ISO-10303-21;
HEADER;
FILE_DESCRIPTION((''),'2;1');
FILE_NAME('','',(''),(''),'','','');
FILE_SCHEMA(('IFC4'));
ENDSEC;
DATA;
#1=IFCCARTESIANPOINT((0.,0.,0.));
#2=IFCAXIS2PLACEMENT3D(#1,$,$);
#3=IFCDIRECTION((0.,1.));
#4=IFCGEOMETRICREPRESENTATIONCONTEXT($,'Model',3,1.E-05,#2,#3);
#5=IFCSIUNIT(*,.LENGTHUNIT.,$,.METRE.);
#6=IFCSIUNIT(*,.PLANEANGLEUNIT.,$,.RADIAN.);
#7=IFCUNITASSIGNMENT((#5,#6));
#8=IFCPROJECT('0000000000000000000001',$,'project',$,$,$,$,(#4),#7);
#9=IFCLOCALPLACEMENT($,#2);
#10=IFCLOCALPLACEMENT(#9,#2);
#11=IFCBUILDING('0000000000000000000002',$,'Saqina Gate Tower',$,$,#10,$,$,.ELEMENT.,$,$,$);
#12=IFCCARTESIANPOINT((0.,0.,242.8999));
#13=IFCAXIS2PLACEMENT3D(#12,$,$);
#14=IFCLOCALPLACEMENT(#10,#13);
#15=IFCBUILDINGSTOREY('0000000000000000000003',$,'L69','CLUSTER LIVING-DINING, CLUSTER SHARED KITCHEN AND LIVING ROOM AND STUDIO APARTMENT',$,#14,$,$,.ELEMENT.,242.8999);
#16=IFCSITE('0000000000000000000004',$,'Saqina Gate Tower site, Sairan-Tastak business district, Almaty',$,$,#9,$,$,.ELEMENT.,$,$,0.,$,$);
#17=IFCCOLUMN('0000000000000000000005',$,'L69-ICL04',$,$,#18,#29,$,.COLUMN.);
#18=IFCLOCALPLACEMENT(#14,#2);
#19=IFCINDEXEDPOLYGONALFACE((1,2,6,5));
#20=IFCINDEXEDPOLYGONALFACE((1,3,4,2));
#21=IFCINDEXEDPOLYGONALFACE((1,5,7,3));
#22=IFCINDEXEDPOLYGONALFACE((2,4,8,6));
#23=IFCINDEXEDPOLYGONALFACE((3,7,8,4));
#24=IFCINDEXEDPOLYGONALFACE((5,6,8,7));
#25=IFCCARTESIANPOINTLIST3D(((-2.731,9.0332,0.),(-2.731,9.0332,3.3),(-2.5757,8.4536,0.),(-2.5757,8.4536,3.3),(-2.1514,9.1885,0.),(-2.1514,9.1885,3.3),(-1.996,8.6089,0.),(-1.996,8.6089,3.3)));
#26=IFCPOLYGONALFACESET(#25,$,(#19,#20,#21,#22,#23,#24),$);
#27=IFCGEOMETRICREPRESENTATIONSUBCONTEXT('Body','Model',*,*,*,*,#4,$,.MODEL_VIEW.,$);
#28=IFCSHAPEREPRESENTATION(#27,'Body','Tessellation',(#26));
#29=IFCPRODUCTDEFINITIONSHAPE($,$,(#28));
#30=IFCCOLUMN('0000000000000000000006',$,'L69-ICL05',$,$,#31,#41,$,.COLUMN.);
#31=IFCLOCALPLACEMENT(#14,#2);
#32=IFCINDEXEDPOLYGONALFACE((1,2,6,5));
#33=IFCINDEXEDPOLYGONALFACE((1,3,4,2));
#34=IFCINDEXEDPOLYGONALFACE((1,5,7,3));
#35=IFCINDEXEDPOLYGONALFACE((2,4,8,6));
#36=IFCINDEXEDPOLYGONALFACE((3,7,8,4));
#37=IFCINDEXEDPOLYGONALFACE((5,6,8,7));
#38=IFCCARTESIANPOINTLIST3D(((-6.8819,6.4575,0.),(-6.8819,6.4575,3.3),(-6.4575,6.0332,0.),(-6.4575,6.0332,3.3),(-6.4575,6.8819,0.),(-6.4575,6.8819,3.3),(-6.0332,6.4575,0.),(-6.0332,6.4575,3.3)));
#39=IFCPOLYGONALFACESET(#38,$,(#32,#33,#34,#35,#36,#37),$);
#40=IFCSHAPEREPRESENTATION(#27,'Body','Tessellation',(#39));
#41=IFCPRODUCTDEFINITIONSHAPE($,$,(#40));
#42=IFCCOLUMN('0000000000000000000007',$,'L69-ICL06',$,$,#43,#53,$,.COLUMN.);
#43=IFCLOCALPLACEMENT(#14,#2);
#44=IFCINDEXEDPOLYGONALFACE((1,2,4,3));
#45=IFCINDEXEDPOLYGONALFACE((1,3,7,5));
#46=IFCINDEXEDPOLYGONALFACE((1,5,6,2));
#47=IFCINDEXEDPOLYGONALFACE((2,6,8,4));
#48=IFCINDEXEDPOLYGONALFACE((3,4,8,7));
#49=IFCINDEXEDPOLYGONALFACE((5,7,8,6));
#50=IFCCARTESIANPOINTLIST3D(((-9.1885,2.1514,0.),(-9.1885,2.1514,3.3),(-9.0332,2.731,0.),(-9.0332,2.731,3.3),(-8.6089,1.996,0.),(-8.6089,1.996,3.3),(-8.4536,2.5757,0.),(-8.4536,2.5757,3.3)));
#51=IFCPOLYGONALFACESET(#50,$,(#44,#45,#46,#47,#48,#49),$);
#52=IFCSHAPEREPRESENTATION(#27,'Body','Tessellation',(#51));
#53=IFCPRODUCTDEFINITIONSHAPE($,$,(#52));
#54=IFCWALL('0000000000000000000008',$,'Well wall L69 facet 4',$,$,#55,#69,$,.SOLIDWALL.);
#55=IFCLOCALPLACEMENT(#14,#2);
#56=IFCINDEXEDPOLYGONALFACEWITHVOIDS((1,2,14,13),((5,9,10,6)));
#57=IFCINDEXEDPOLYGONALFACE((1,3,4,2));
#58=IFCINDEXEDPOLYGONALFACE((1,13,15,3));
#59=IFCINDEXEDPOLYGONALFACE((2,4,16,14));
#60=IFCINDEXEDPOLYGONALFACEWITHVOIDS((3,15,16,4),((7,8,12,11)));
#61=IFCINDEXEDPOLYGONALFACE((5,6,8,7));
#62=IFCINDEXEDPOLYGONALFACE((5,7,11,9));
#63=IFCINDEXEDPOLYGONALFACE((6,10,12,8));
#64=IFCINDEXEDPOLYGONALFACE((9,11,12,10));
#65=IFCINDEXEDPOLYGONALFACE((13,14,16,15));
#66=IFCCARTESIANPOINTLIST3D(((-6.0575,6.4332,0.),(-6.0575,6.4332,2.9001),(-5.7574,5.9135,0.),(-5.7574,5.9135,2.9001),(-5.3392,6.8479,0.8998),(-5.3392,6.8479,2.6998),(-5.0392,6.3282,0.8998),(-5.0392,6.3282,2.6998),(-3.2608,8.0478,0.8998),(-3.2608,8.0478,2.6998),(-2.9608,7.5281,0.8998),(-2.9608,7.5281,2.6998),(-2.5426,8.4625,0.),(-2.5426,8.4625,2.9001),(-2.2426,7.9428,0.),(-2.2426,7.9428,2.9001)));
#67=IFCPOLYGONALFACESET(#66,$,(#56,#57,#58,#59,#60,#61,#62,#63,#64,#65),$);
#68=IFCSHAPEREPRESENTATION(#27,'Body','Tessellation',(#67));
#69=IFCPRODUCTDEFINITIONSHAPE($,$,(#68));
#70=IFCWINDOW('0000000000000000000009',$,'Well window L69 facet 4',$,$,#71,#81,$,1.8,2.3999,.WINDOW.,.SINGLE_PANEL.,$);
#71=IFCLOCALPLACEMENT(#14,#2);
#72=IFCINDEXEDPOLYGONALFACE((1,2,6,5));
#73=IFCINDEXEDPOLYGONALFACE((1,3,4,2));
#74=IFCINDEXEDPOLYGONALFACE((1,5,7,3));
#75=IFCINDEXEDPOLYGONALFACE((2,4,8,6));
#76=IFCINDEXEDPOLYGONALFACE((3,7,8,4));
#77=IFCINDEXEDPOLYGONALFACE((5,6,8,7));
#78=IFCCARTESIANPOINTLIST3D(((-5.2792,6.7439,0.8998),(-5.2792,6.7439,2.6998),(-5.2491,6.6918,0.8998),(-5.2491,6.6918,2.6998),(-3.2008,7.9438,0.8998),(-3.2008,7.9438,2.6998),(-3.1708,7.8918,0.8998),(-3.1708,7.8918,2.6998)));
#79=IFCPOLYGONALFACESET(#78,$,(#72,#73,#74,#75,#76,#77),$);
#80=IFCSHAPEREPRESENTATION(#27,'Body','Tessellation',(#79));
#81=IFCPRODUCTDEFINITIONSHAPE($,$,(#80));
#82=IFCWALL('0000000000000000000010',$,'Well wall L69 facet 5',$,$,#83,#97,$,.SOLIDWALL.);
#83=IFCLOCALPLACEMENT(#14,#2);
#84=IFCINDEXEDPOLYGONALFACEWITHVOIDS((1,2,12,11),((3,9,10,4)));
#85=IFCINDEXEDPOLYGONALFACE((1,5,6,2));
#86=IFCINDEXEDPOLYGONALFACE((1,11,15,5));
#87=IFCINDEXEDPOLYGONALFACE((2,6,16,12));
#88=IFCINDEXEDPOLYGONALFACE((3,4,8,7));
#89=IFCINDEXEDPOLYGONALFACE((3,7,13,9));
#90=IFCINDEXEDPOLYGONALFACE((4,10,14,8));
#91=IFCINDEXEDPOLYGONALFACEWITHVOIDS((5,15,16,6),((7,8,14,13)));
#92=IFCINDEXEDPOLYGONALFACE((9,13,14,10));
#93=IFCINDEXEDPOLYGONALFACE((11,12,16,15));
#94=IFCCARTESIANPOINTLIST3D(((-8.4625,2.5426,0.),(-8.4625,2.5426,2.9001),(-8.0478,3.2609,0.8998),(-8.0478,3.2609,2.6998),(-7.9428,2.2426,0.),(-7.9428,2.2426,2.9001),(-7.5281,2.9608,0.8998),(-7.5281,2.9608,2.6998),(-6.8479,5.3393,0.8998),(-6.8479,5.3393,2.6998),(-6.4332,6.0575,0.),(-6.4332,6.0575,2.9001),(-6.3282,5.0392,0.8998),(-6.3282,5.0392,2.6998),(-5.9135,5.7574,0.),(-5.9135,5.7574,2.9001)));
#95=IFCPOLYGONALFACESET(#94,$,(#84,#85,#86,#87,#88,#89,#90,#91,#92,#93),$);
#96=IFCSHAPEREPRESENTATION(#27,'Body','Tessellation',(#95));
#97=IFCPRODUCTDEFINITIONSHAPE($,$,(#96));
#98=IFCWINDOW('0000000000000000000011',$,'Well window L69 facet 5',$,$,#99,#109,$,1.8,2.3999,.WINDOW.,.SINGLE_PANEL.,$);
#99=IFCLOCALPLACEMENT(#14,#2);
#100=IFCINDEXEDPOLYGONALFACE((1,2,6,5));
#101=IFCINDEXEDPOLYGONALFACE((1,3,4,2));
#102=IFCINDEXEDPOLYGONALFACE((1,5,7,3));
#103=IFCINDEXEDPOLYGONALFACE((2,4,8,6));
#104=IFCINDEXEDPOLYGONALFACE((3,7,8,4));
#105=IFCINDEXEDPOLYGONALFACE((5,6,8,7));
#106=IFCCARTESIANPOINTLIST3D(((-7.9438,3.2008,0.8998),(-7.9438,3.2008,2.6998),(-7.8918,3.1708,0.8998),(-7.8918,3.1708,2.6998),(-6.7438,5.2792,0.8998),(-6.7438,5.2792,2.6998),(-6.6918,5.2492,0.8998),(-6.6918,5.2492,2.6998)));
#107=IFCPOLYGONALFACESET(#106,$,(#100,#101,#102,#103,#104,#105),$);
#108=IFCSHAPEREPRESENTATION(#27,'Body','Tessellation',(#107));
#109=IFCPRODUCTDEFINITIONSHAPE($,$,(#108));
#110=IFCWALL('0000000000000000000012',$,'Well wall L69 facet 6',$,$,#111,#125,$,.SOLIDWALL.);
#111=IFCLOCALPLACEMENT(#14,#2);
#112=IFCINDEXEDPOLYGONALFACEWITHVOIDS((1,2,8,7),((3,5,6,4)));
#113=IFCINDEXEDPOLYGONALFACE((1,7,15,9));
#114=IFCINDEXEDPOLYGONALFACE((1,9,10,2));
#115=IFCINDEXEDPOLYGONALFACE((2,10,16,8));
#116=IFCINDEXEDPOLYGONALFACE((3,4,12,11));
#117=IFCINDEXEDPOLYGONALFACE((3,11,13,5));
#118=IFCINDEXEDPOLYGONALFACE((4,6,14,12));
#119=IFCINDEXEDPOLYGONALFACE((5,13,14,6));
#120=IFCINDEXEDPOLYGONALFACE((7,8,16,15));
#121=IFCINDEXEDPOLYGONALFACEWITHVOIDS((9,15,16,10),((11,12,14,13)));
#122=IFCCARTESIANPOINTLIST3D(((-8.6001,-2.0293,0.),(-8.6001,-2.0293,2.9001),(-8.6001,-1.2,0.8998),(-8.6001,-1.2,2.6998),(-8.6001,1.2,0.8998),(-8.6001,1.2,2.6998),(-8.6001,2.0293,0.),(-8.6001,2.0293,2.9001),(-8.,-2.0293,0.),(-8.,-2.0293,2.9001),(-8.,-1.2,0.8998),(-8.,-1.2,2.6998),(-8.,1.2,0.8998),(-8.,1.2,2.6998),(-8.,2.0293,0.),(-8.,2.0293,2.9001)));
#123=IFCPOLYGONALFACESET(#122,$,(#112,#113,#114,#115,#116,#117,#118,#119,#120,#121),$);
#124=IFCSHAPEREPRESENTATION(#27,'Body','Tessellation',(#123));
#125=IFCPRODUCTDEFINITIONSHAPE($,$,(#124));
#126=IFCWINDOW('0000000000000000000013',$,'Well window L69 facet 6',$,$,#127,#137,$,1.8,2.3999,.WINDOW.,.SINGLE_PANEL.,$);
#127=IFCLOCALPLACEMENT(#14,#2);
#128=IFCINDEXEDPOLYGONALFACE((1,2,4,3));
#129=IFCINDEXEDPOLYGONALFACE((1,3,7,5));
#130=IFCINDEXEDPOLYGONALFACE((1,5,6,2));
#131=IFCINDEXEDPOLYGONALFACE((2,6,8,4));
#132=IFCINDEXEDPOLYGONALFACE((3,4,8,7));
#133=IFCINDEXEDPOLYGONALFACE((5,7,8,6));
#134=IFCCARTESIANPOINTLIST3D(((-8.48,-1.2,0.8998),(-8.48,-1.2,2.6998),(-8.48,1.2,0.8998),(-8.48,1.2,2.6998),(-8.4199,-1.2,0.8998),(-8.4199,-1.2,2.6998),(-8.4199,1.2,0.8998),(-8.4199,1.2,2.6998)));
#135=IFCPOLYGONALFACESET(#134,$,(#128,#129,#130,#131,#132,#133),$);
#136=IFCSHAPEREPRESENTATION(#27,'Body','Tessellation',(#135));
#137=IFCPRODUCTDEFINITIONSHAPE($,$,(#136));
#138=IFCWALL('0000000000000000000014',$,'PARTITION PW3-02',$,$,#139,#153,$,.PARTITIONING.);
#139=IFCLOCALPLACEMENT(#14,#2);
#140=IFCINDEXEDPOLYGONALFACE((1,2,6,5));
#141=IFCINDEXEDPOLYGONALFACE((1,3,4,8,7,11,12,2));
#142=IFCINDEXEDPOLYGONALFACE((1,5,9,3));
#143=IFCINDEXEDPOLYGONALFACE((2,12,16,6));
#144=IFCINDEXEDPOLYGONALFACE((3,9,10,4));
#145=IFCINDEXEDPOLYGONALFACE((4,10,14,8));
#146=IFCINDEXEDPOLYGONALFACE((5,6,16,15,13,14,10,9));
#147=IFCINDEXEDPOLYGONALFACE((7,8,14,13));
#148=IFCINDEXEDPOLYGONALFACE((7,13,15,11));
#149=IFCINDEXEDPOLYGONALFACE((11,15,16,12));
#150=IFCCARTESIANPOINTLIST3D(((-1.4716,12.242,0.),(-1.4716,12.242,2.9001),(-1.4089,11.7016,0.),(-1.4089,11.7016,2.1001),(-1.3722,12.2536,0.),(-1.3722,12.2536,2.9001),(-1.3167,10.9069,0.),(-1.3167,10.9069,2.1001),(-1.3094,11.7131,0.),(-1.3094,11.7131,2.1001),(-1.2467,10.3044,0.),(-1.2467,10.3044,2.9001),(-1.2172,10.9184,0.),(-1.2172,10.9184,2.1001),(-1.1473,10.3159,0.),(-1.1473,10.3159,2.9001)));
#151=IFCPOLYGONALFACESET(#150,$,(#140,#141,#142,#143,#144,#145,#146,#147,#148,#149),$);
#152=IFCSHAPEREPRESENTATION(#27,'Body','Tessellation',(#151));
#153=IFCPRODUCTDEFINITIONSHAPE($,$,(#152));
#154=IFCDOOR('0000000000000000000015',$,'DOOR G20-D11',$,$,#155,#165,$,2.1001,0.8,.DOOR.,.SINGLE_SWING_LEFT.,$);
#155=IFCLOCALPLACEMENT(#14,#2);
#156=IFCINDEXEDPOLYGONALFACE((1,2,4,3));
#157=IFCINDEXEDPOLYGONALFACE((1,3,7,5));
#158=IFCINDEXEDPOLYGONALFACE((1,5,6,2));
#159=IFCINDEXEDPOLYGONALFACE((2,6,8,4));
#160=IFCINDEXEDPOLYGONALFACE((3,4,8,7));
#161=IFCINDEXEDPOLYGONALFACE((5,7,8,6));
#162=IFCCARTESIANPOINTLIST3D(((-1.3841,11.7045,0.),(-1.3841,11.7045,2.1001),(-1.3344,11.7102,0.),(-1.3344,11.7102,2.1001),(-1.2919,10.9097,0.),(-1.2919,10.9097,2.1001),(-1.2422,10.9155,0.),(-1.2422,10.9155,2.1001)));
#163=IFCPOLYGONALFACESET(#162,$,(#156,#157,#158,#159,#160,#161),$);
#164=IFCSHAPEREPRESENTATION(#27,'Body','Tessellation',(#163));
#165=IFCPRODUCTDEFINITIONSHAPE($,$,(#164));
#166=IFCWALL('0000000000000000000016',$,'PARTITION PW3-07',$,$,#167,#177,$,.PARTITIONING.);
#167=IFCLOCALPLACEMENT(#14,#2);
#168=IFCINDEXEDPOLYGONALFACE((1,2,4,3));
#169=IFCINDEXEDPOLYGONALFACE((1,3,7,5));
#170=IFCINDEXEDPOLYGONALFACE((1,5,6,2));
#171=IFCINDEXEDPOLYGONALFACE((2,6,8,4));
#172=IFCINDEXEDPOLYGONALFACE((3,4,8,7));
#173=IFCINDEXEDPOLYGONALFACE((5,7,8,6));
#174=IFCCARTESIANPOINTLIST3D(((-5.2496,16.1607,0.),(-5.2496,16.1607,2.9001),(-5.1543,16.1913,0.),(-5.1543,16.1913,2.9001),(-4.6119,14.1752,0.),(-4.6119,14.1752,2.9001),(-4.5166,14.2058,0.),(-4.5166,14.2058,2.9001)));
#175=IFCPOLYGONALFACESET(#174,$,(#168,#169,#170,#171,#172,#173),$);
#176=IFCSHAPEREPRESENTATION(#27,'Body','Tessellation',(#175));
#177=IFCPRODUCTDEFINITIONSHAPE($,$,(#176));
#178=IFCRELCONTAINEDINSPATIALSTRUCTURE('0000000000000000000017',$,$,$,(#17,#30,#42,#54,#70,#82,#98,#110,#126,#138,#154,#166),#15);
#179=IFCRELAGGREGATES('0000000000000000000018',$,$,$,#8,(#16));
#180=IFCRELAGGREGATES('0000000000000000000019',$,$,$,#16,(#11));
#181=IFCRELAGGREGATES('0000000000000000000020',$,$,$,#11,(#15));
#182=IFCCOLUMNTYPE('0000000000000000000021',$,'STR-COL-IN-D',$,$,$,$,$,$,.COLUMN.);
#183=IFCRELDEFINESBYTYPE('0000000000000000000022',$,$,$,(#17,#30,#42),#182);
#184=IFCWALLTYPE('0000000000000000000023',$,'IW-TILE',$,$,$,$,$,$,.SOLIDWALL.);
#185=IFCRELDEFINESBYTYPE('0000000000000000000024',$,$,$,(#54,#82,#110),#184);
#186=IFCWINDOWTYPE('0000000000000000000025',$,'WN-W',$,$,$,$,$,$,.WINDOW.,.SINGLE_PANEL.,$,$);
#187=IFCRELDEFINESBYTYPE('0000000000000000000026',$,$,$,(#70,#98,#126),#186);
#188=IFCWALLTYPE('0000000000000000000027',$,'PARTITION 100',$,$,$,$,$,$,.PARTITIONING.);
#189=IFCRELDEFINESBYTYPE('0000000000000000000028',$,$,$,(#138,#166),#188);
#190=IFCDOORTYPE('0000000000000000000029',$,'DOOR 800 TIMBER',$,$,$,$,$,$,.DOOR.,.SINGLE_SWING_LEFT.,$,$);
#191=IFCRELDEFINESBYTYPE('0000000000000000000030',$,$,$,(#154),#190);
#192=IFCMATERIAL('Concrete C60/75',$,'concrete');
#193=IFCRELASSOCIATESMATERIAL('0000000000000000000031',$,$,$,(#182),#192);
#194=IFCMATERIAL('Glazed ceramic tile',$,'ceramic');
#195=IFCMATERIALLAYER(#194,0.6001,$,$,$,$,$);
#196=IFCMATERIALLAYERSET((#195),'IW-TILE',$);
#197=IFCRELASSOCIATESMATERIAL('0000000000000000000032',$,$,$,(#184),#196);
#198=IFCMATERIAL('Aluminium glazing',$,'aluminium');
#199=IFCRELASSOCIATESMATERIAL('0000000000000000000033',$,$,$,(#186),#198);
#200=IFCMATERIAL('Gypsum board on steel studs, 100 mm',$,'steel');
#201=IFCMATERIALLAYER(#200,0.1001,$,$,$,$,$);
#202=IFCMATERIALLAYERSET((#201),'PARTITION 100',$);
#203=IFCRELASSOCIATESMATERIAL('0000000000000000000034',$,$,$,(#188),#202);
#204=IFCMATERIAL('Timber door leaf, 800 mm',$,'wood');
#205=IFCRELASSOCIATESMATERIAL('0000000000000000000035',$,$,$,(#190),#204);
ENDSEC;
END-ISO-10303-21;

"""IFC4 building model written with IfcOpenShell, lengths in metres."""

from ifc_helpers import new_model, si_unit, direction, frame, frame_2d, origin, origin_2d, place, context, subcontext, project, spatial, rectangle, extrude, material, layer, layer_set, material_profile, profile_set, type_object, element, fill, save


model = new_model("IFC4")

# Units and contexts
model_context = context("Model", 3, precision=1e-05, world=origin(), true_north=direction((0.0, 1.0)))
body_context = subcontext(model_context, "Body", "Model", "MODEL_VIEW")
ifc_project = project(units=[si_unit("LENGTHUNIT", "METRE"), si_unit("PLANEANGLEUNIT", "RADIAN")], contexts=[model_context])

# Site, building, storey
site_placement = place(None, origin())
site = spatial("IfcSite", under=ifc_project, at=site_placement, Name="Saqina Gate Tower site, Sairan-Tastak business district, Almaty", CompositionType="ELEMENT", RefElevation=0.0)
building_placement = place(site_placement, origin())
building = spatial("IfcBuilding", under=site, at=building_placement, Name="Saqina Gate Tower", CompositionType="ELEMENT")
storey_placement = place(building_placement, frame((0.0, 0.0, 242.8999)))
storey = spatial("IfcBuildingStorey", under=building, at=storey_placement, Name="L69", Description="CLUSTER LIVING-DINING, CLUSTER SHARED KITCHEN AND LIVING ROOM AND STUDIO APARTMENT", CompositionType="ELEMENT", Elevation=242.8999)

# Columns
ifc_material_1 = material(Name="Concrete C60/75", Category="concrete")
ifc_material_profile = material_profile(ifc_material_1, rectangle(XDim=0.6001, YDim=0.6001, at=origin_2d()), Name="RC 600x600")
ifc_profile_set = profile_set([ifc_material_profile], Name="Concrete C60/75")
column_type = type_object("IfcColumnType", Name="STR-COL-IN-D", PredefinedType="COLUMN", material=ifc_profile_set)
for number, where, z_axis, x_axis, name in (
    (1, (-2.3635, 8.821, 0.0), (0.0, 0.0, 1.0), (-0.258819, 0.965926, 0.0), "L69-ICL04"),
    (2, (-6.4575, 6.4575, 0.0), (0.0, 0.0, 1.0), (-0.707107, 0.707107, 0.0), "L69-ICL05"),
    (3, (-8.821, 2.3635, 0.0), (0.0, 0.0, 1.0), (-0.965926, 0.258819, 0.0), "L69-ICL06"),
):
    element("IfcColumn", number, at=place(storey_placement, frame(where, z_axis=z_axis, x_axis=x_axis)), inside=storey, type_object=column_type, Name=name, PredefinedType="COLUMN", context=body_context, shape_type="SweptSolid", body=[
        extrude(rectangle(XDim=0.6001, YDim=0.6001, at=origin_2d()), origin(), (0.0, 0.0, 1.0), 3.3),
    ])

# Walls, openings, windows
ifc_material_2 = material(Name="Glazed ceramic tile", Category="ceramic")
ifc_layer_1 = layer(ifc_material_2, 0.6001)
ifc_layer_set_1 = layer_set([ifc_layer_1], Name="IW-TILE")
wall_type_1 = type_object("IfcWallType", Name="IW-TILE", PredefinedType="SOLIDWALL", material=ifc_layer_set_1)
wall_1_placement = place(storey_placement, frame((-2.3926, 8.2026, 0.0), z_axis=(0.0, 0.0, 1.0), x_axis=(-0.866028, -0.499995, 0.0)))
wall_1 = element("IfcWall", 4, at=wall_1_placement, inside=storey, type_object=wall_type_1, Name="Well wall L69 facet 4", PredefinedType="SOLIDWALL", context=body_context, shape_type="SweptSolid", body=[
    extrude(rectangle(XDim=4.0586, YDim=0.6001, at=frame_2d((2.0293, 0.0))), origin(), (0.0, 0.0, 1.0), 2.9001),
])
opening_1_placement = place(wall_1_placement, frame((0.8293, 0.0, 0.8999)))
opening_1 = element("IfcOpeningElement", 5, at=opening_1_placement, cuts=wall_1, PredefinedType="OPENING", context=body_context, shape_type="SweptSolid", body=[
    extrude(rectangle(XDim=2.3999, YDim=1.8, at=frame_2d((1.2, 0.8999))), frame((0.0, 0.312, 0.0), z_axis=(0.0, -1.0, 0.0), x_axis=(1.0, 0.0, 0.0)), (0.0, 0.0, 1.0), 0.624),
])
ifc_material_3 = material(Name="Aluminium glazing", Category="aluminium")
window_type = type_object("IfcWindowType", Name="WN-W", PartitioningType="SINGLE_PANEL", PredefinedType="WINDOW", material=ifc_material_3)
window_1_placement = place(opening_1_placement, origin())
window_1 = element("IfcWindow", 6, at=window_1_placement, inside=storey, type_object=window_type, Name="Well window L69 facet 4", OverallHeight=1.8, OverallWidth=2.3999, PartitioningType="SINGLE_PANEL", PredefinedType="WINDOW", context=body_context, shape_type="SweptSolid", body=[
    extrude(rectangle(XDim=2.3999, YDim=1.8, at=frame_2d((1.2, 0.8999))), frame((0.0, -0.1199, 0.0), z_axis=(0.0, -1.0, 0.0), x_axis=(1.0, 0.0, 0.0)), (0.0, 0.0, 1.0), 0.0601),
])
fill(opening_1, window_1)
wall_2_placement = place(storey_placement, frame((-6.1733, 5.9075, 0.0), z_axis=(0.0, 0.0, 1.0), x_axis=(-0.499995, -0.866028, 0.0)))
wall_2 = element("IfcWall", 7, at=wall_2_placement, inside=storey, type_object=wall_type_1, Name="Well wall L69 facet 5", PredefinedType="SOLIDWALL", context=body_context, shape_type="SweptSolid", body=[
    extrude(rectangle(XDim=4.0586, YDim=0.6001, at=frame_2d((2.0293, 0.0))), origin(), (0.0, 0.0, 1.0), 2.9001),
])
opening_2_placement = place(wall_2_placement, frame((0.8293, 0.0, 0.8999)))
opening_2 = element("IfcOpeningElement", 8, at=opening_2_placement, cuts=wall_2, PredefinedType="OPENING", context=body_context, shape_type="SweptSolid", body=[
    extrude(rectangle(XDim=2.3999, YDim=1.8, at=frame_2d((1.2, 0.8999))), frame((0.0, 0.312, 0.0), z_axis=(0.0, -1.0, 0.0), x_axis=(1.0, 0.0, 0.0)), (0.0, 0.0, 1.0), 0.624),
])
window_2_placement = place(opening_2_placement, origin())
window_2 = element("IfcWindow", 9, at=window_2_placement, inside=storey, type_object=window_type, Name="Well window L69 facet 5", OverallHeight=1.8, OverallWidth=2.3999, PartitioningType="SINGLE_PANEL", PredefinedType="WINDOW", context=body_context, shape_type="SweptSolid", body=[
    extrude(rectangle(XDim=2.3999, YDim=1.8, at=frame_2d((1.2, 0.8999))), frame((0.0, -0.1199, 0.0), z_axis=(0.0, -1.0, 0.0), x_axis=(1.0, 0.0, 0.0)), (0.0, 0.0, 1.0), 0.0601),
])
fill(opening_2, window_2)
wall_3_placement = place(storey_placement, frame((-8.3, 2.0293, 0.0), z_axis=(0.0, 0.0, 1.0), x_axis=(0.0, -1.0, 0.0)))
wall_3 = element("IfcWall", 10, at=wall_3_placement, inside=storey, type_object=wall_type_1, Name="Well wall L69 facet 6", PredefinedType="SOLIDWALL", context=body_context, shape_type="SweptSolid", body=[
    extrude(rectangle(XDim=4.0586, YDim=0.6001, at=frame_2d((2.0293, 0.0))), origin(), (0.0, 0.0, 1.0), 2.9001),
])
opening_3_placement = place(wall_3_placement, frame((0.8293, 0.0, 0.8999)))
opening_3 = element("IfcOpeningElement", 11, at=opening_3_placement, cuts=wall_3, PredefinedType="OPENING", context=body_context, shape_type="SweptSolid", body=[
    extrude(rectangle(XDim=2.3999, YDim=1.8, at=frame_2d((1.2, 0.8999))), frame((0.0, 0.312, 0.0), z_axis=(0.0, -1.0, 0.0), x_axis=(1.0, 0.0, 0.0)), (0.0, 0.0, 1.0), 0.624),
])
window_3_placement = place(opening_3_placement, origin())
window_3 = element("IfcWindow", 12, at=window_3_placement, inside=storey, type_object=window_type, Name="Well window L69 facet 6", OverallHeight=1.8, OverallWidth=2.3999, PartitioningType="SINGLE_PANEL", PredefinedType="WINDOW", context=body_context, shape_type="SweptSolid", body=[
    extrude(rectangle(XDim=2.3999, YDim=1.8, at=frame_2d((1.2, 0.8999))), frame((0.0, -0.1199, 0.0), z_axis=(0.0, -1.0, 0.0), x_axis=(1.0, 0.0, 0.0)), (0.0, 0.0, 1.0), 0.0601),
])
fill(opening_3, window_3)

# Wall, opening, door
ifc_material_4 = material(Name="Gypsum board on steel studs, 100 mm", Category="steel")
ifc_layer_2 = layer(ifc_material_4, 0.1001)
ifc_layer_set_2 = layer_set([ifc_layer_2], Name="PARTITION 100")
wall_type_2 = type_object("IfcWallType", Name="PARTITION 100", PredefinedType="PARTITIONING", material=ifc_layer_set_2)
wall_4_placement = place(storey_placement, frame((-1.4219, 12.2478, 0.0), z_axis=(0.0, 0.0, 1.0), x_axis=(0.115265, -0.993335, 0.0)))
wall_4 = element("IfcWall", 13, at=wall_4_placement, inside=storey, type_object=wall_type_2, Name="PARTITION PW3-02", PredefinedType="PARTITIONING", context=body_context, shape_type="SweptSolid", body=[
    extrude(rectangle(XDim=1.9507, YDim=0.1001, at=frame_2d((0.9753, 0.0))), origin(), (0.0, 0.0, 1.0), 2.9001),
])
opening_4_placement = place(wall_4_placement, frame((0.5442, 0.0, 0.0)))
opening_4 = element("IfcOpeningElement", 14, at=opening_4_placement, cuts=wall_4, PredefinedType="OPENING", context=body_context, shape_type="SweptSolid", body=[
    extrude(rectangle(XDim=0.8, YDim=2.1001, at=frame_2d((0.3999, 1.05))), frame((0.0, 0.062, 0.0), z_axis=(0.0, -1.0, 0.0), x_axis=(1.0, 0.0, 0.0)), (0.0, 0.0, 1.0), 0.124),
])
ifc_material_5 = material(Name="Timber door leaf, 800 mm", Category="wood")
door_type_1 = type_object("IfcDoorType", Name="DOOR 800 TIMBER", OperationType="SINGLE_SWING_LEFT", PredefinedType="DOOR", material=ifc_material_5)
door_1_placement = place(opening_4_placement, origin())
door_1 = element("IfcDoor", 15, at=door_1_placement, inside=storey, type_object=door_type_1, Name="DOOR G20-D11", OperationType="SINGLE_SWING_LEFT", OverallHeight=2.1001, OverallWidth=0.8, PredefinedType="DOOR", context=body_context, shape_type="SweptSolid", body=[
    extrude(rectangle(XDim=0.8, YDim=2.1001, at=frame_2d((0.3999, 1.05))), frame((0.0, 0.0249, 0.0), z_axis=(0.0, -1.0, 0.0), x_axis=(1.0, 0.0, 0.0)), (0.0, 0.0, 1.0), 0.05),
])
fill(opening_4, door_1)

# Wall
wall_5_placement = place(storey_placement, frame((-5.2019, 16.176, 0.0), z_axis=(0.0, 0.0, 1.0), x_axis=(0.305778, -0.952103, 0.0)))
element("IfcWall", 16, at=wall_5_placement, inside=storey, type_object=wall_type_2, Name="PARTITION PW3-07", PredefinedType="PARTITIONING", context=body_context, shape_type="SweptSolid", body=[
    extrude(rectangle(XDim=2.0854, YDim=0.1001, at=frame_2d((1.0427, 0.0))), origin(), (0.0, 0.0, 1.0), 2.9001),
])

save(model, "model.ifc")
